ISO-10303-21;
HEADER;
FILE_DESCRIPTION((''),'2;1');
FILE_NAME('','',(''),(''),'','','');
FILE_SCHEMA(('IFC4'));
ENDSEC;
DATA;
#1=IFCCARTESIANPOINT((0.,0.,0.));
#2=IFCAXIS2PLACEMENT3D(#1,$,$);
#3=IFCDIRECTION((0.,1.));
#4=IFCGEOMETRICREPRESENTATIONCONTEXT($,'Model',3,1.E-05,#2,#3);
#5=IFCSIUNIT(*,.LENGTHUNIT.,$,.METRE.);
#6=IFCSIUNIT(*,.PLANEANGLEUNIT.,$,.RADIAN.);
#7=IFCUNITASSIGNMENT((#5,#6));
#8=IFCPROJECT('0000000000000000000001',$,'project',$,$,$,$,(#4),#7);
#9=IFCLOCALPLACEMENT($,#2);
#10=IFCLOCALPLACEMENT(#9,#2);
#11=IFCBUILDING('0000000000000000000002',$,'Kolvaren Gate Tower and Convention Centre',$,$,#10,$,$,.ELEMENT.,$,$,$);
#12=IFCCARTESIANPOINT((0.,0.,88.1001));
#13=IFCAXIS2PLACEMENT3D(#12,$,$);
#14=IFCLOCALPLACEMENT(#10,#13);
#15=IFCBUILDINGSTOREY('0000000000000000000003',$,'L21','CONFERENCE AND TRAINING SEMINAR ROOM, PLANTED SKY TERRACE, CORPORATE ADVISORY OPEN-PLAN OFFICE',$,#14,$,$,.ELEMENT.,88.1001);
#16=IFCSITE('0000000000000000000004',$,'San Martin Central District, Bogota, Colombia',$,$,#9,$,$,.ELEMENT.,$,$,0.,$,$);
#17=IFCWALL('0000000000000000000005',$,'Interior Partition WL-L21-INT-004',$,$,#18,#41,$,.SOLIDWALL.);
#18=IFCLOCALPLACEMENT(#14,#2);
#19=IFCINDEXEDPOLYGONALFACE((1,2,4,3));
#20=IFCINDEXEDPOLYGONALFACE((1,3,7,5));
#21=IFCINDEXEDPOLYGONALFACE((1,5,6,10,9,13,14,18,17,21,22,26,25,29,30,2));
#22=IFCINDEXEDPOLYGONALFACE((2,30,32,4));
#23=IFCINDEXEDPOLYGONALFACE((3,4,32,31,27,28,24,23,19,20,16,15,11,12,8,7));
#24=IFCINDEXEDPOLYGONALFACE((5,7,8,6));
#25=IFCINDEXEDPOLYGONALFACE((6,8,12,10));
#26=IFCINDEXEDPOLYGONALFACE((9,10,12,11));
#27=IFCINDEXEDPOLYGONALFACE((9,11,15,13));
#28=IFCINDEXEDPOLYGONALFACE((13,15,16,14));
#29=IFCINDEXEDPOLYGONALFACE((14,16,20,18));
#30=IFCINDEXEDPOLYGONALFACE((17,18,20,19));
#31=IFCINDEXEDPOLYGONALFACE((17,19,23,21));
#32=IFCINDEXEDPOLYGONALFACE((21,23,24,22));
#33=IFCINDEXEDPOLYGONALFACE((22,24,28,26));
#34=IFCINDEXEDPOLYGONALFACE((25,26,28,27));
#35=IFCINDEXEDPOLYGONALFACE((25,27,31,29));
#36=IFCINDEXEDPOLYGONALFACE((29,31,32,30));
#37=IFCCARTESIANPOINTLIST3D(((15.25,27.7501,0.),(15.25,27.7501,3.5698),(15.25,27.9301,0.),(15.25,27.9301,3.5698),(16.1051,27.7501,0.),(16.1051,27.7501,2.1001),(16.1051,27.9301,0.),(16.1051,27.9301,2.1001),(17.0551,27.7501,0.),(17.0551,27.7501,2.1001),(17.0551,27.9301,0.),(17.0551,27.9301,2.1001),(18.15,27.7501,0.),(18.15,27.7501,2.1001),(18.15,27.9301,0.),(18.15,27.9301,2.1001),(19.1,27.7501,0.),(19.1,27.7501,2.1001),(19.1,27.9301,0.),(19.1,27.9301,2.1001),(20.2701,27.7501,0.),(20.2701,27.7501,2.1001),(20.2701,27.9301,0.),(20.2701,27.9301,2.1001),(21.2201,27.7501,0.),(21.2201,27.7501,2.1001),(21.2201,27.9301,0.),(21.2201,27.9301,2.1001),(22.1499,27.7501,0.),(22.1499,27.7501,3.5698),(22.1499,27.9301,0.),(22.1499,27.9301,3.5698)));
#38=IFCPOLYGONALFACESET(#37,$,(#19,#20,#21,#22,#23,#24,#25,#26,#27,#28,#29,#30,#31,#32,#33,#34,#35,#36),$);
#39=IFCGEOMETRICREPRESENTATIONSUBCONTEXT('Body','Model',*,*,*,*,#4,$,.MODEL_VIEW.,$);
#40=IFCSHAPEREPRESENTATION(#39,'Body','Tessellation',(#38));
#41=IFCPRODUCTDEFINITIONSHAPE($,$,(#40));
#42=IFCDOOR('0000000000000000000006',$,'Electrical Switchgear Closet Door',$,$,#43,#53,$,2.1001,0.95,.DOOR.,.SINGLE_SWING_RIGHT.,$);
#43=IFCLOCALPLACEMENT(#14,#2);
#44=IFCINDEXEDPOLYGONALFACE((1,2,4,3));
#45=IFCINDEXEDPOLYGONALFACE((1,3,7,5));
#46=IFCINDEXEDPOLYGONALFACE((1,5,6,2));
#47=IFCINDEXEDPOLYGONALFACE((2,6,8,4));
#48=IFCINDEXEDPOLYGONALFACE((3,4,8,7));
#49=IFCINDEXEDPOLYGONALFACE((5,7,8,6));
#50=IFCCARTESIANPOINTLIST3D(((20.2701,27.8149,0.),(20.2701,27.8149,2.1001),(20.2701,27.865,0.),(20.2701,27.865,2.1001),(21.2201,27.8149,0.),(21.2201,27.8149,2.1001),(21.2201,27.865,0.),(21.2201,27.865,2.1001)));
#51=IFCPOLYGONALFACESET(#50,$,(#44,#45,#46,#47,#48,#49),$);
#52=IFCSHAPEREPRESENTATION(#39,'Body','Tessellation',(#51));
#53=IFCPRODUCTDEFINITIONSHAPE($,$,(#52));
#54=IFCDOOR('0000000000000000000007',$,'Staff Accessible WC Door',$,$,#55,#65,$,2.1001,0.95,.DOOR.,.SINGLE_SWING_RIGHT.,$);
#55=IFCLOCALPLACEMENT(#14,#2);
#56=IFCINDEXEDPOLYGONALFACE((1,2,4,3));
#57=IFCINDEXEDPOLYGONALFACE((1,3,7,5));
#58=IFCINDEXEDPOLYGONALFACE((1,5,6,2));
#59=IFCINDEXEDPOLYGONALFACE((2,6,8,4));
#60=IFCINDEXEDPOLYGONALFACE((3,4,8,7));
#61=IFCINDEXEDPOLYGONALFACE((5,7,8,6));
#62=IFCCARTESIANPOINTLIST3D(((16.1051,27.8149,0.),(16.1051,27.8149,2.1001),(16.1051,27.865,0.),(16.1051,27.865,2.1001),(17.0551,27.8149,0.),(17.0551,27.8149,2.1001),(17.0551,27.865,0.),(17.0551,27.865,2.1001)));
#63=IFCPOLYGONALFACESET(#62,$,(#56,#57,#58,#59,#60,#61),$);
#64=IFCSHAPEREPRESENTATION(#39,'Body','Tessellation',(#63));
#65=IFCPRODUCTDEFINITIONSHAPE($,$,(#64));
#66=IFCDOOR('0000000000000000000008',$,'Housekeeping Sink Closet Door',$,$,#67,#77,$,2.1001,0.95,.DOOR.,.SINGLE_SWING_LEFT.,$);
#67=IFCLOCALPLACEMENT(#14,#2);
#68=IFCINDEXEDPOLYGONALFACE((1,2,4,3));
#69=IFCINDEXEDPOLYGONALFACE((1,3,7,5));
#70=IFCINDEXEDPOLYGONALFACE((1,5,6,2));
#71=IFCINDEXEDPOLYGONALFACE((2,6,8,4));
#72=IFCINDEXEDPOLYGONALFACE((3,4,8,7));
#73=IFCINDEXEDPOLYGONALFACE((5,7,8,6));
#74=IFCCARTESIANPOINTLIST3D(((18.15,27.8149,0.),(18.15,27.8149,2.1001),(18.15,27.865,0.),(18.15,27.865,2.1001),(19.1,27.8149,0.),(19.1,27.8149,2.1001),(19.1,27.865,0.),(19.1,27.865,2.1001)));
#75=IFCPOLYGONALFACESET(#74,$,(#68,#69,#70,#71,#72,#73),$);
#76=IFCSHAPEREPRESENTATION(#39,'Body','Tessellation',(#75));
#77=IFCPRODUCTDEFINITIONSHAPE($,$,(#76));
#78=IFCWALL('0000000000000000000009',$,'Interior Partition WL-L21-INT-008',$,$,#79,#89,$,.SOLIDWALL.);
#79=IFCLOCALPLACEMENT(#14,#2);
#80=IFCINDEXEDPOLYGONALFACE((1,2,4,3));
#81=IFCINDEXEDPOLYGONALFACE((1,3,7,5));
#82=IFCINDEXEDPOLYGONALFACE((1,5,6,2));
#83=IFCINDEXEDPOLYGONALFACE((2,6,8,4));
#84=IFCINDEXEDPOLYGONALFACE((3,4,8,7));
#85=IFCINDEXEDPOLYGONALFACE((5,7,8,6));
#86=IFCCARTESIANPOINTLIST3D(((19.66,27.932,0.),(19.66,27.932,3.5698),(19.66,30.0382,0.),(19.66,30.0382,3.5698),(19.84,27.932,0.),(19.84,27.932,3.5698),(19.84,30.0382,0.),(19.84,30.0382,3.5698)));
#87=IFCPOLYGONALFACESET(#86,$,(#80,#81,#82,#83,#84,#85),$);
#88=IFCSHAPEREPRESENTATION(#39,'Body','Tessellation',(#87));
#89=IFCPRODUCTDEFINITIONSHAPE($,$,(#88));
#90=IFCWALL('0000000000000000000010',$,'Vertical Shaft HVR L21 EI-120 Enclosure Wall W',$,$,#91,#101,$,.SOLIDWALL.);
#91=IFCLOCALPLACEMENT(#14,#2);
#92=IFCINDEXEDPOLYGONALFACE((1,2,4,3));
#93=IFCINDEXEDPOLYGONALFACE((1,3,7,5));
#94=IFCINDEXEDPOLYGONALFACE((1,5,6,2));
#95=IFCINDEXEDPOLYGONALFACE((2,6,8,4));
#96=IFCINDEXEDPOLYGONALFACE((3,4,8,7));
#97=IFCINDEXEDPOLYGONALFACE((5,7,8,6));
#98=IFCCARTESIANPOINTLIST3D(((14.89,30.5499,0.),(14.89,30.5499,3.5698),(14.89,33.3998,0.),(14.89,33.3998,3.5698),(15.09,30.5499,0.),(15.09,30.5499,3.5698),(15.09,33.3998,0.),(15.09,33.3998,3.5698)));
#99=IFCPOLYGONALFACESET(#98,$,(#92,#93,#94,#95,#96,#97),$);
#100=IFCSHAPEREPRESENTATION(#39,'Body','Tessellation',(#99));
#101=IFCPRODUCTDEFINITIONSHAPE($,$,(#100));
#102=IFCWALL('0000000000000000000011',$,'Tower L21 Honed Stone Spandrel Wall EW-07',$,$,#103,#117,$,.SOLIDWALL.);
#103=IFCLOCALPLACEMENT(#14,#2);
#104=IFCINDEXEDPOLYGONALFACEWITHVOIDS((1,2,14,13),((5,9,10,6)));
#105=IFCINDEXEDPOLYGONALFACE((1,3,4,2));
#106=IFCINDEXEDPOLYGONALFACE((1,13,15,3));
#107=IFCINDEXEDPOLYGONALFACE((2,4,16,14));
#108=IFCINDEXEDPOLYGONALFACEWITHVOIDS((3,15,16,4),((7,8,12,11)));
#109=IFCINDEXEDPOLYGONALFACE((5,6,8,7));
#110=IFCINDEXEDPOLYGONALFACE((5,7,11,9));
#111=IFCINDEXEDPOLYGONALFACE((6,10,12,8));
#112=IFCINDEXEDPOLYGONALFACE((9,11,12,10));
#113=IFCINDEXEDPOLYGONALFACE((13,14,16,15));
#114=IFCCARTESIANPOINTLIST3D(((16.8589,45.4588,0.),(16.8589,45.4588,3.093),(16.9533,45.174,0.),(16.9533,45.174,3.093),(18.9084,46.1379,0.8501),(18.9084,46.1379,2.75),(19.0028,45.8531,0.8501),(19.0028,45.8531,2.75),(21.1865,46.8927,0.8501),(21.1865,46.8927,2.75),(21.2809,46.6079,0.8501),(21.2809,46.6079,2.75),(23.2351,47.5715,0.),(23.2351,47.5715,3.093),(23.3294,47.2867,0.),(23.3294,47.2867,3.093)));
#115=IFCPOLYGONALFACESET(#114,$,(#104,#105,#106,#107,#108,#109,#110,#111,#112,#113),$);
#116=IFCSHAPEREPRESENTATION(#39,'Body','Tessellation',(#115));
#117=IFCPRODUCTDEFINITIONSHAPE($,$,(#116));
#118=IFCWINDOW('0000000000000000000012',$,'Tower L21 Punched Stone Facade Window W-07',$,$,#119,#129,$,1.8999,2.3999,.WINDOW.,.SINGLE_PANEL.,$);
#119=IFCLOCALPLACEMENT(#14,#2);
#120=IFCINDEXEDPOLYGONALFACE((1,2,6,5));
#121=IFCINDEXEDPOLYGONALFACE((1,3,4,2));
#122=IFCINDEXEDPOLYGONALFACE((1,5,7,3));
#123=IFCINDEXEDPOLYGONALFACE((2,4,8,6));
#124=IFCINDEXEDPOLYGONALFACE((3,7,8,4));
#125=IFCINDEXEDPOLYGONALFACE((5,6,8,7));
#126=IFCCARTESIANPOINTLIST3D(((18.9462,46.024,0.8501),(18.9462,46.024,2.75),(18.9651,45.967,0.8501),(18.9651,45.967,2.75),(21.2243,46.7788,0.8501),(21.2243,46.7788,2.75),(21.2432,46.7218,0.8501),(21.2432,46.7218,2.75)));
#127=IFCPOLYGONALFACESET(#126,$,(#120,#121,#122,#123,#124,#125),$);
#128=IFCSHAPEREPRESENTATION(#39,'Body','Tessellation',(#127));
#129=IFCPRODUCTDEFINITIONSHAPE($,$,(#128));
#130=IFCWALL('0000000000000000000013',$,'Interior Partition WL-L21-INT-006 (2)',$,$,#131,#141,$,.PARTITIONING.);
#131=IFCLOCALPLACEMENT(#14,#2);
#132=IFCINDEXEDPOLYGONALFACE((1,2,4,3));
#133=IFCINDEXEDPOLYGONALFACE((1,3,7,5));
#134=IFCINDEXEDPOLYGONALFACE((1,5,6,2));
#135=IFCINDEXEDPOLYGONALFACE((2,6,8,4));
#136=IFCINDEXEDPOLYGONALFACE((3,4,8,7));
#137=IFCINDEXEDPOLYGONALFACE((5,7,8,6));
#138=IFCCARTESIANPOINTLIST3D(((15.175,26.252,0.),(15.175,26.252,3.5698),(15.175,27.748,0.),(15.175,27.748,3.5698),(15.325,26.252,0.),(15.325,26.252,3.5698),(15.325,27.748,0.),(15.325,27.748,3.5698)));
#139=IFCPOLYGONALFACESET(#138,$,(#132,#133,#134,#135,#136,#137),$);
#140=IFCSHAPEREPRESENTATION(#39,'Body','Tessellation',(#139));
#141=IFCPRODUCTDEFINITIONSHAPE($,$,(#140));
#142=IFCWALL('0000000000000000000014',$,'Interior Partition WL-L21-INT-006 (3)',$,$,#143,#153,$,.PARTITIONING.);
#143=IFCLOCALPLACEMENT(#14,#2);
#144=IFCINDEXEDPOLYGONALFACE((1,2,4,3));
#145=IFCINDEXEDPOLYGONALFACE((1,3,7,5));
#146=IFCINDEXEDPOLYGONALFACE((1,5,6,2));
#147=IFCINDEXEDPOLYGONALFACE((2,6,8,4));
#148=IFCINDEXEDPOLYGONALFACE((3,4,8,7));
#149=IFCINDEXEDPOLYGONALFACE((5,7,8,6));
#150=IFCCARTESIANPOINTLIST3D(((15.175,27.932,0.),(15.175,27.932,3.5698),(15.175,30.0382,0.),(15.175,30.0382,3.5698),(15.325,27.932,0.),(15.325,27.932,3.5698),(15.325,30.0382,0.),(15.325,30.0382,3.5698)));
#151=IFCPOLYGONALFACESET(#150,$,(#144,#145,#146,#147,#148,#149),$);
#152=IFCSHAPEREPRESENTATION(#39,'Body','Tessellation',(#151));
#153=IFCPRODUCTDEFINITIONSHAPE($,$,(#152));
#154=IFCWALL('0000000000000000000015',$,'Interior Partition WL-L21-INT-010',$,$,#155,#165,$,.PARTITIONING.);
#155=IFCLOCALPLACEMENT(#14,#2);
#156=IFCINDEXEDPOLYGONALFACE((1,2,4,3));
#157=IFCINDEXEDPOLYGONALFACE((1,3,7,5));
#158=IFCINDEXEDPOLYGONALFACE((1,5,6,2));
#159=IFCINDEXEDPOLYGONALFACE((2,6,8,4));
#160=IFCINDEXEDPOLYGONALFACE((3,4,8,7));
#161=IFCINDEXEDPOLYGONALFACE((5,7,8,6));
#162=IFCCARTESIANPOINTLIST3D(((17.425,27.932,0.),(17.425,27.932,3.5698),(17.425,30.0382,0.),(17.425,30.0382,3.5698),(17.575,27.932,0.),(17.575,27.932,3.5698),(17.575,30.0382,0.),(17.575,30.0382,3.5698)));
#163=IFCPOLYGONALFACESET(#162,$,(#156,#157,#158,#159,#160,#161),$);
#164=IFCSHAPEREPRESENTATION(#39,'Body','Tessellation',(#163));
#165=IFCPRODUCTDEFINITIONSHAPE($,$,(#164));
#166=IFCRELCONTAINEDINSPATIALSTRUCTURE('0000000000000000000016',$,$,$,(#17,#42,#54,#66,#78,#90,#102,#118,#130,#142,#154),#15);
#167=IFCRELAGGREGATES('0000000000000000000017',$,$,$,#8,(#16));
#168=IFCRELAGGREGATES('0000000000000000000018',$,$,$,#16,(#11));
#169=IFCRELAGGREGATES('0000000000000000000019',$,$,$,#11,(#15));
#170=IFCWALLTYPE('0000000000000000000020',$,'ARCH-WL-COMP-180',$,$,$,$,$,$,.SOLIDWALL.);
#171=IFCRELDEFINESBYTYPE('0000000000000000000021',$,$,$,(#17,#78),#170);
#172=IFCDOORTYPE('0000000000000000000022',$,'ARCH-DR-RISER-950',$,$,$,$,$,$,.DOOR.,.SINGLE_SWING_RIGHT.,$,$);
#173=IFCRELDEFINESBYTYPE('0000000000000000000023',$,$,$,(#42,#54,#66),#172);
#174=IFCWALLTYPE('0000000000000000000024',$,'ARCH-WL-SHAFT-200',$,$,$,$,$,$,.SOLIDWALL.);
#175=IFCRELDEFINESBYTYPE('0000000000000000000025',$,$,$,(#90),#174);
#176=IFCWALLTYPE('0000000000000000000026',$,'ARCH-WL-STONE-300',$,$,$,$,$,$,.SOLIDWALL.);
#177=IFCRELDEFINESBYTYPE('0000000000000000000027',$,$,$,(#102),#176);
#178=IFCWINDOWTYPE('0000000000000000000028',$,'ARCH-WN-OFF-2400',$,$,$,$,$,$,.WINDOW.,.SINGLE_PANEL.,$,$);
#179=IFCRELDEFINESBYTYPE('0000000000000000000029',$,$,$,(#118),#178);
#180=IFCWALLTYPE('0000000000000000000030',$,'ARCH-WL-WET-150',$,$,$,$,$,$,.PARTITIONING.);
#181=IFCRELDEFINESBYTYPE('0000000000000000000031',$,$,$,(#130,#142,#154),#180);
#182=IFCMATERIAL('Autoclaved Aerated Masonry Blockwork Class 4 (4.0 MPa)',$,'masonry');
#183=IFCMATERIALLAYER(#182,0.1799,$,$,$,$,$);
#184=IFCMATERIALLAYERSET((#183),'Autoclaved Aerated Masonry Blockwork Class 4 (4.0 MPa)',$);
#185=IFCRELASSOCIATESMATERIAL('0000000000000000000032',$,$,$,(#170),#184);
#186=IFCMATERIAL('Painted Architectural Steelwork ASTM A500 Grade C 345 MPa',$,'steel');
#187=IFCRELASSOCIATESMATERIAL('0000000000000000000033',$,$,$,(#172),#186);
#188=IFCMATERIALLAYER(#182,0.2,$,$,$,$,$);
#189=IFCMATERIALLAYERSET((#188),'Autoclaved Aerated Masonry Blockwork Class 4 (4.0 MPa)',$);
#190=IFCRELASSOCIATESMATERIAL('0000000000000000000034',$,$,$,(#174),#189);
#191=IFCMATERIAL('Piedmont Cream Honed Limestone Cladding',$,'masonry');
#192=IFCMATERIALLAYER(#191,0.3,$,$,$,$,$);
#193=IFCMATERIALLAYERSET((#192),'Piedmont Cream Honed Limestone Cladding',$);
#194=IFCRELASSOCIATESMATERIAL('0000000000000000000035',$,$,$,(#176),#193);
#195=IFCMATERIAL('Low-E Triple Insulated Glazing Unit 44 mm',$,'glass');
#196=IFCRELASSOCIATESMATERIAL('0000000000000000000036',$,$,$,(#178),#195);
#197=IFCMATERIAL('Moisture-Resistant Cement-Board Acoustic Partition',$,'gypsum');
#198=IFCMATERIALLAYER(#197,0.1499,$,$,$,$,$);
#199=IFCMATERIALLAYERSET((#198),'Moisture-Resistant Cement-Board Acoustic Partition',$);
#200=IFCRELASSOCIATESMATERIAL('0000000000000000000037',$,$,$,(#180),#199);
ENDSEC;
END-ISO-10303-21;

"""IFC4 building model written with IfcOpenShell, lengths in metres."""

from ifc_helpers import new_model, si_unit, direction, frame, frame_2d, origin, place, context, subcontext, project, spatial, rectangle, extrude, material, layer, layer_set, type_object, element, fill, save


model = new_model("IFC4")

# Units and contexts
model_context = context("Model", 3, precision=1e-05, world=origin(), true_north=direction((0.0, 1.0)))
body_context = subcontext(model_context, "Body", "Model", "MODEL_VIEW")
ifc_project = project(units=[si_unit("LENGTHUNIT", "METRE"), si_unit("PLANEANGLEUNIT", "RADIAN")], contexts=[model_context])

# Site, building, storey
site_placement = place(None, origin())
site = spatial("IfcSite", under=ifc_project, at=site_placement, Name="San Martin Central District, Bogota, Colombia", CompositionType="ELEMENT", RefElevation=0.0)
building_placement = place(site_placement, origin())
building = spatial("IfcBuilding", under=site, at=building_placement, Name="Kolvaren Gate Tower and Convention Centre", CompositionType="ELEMENT")
storey_placement = place(building_placement, frame((0.0, 0.0, 88.1001)))
storey = spatial("IfcBuildingStorey", under=building, at=storey_placement, Name="L21", Description="CONFERENCE AND TRAINING SEMINAR ROOM, PLANTED SKY TERRACE, CORPORATE ADVISORY OPEN-PLAN OFFICE", CompositionType="ELEMENT", Elevation=88.1001)

# Wall, openings, doors
ifc_material_1 = material(Name="Autoclaved Aerated Masonry Blockwork Class 4 (4.0 MPa)", Category="masonry")
ifc_layer_1 = layer(ifc_material_1, 0.1799)
ifc_layer_set_1 = layer_set([ifc_layer_1], Name="Autoclaved Aerated Masonry Blockwork Class 4 (4.0 MPa)")
wall_type_1 = type_object("IfcWallType", Name="ARCH-WL-COMP-180", PredefinedType="SOLIDWALL", material=ifc_layer_set_1)
wall_1_placement = place(storey_placement, frame((15.25, 27.8401, 0.0), z_axis=(0.0, 0.0, 1.0), x_axis=(1.0, 0.0, 0.0)))
wall_1 = element("IfcWall", 1, at=wall_1_placement, inside=storey, type_object=wall_type_1, Name="Interior Partition WL-L21-INT-004", PredefinedType="SOLIDWALL", context=body_context, shape_type="SweptSolid", body=[
    extrude(rectangle(XDim=6.8999, YDim=0.1799, at=frame_2d((3.45, 0.0))), origin(), (0.0, 0.0, 1.0), 3.5698),
])
opening_1_placement = place(wall_1_placement, frame((5.02, 0.0, 0.0)))
opening_1 = element("IfcOpeningElement", 2, at=opening_1_placement, cuts=wall_1, PredefinedType="OPENING", context=body_context, shape_type="SweptSolid", body=[
    extrude(rectangle(XDim=0.95, YDim=2.1001, at=frame_2d((0.4751, 1.05))), frame((0.0, 0.0999, 0.0), z_axis=(0.0, -1.0, 0.0), x_axis=(1.0, 0.0, 0.0)), (0.0, 0.0, 1.0), 0.2),
])
opening_2_placement = place(wall_1_placement, frame((0.855, 0.0, 0.0)))
opening_2 = element("IfcOpeningElement", 3, at=opening_2_placement, cuts=wall_1, PredefinedType="OPENING", context=body_context, shape_type="SweptSolid", body=[
    extrude(rectangle(XDim=0.95, YDim=2.1001, at=frame_2d((0.4751, 1.05))), frame((0.0, 0.0999, 0.0), z_axis=(0.0, -1.0, 0.0), x_axis=(1.0, 0.0, 0.0)), (0.0, 0.0, 1.0), 0.2),
])
opening_3_placement = place(wall_1_placement, frame((2.8999, 0.0, 0.0)))
opening_3 = element("IfcOpeningElement", 4, at=opening_3_placement, cuts=wall_1, PredefinedType="OPENING", context=body_context, shape_type="SweptSolid", body=[
    extrude(rectangle(XDim=0.95, YDim=2.1001, at=frame_2d((0.4751, 1.05))), frame((0.0, 0.0999, 0.0), z_axis=(0.0, -1.0, 0.0), x_axis=(1.0, 0.0, 0.0)), (0.0, 0.0, 1.0), 0.2),
])
ifc_material_2 = material(Name="Painted Architectural Steelwork ASTM A500 Grade C 345 MPa", Category="steel")
door_type = type_object("IfcDoorType", Name="ARCH-DR-RISER-950", OperationType="SINGLE_SWING_RIGHT", PredefinedType="DOOR", material=ifc_material_2)
door_1_placement = place(opening_1_placement, origin())
door_1 = element("IfcDoor", 5, at=door_1_placement, inside=storey, type_object=door_type, Name="Electrical Switchgear Closet Door", OperationType="SINGLE_SWING_RIGHT", OverallHeight=2.1001, OverallWidth=0.95, PredefinedType="DOOR", context=body_context, shape_type="SweptSolid", body=[
    extrude(rectangle(XDim=0.95, YDim=2.1001, at=frame_2d((0.4751, 1.05))), frame((0.0, 0.0249, 0.0), z_axis=(0.0, -1.0, 0.0), x_axis=(1.0, 0.0, 0.0)), (0.0, 0.0, 1.0), 0.05),
])
fill(opening_1, door_1)
door_2_placement = place(opening_2_placement, origin())
door_2 = element("IfcDoor", 6, at=door_2_placement, inside=storey, type_object=door_type, Name="Staff Accessible WC Door", OperationType="SINGLE_SWING_RIGHT", OverallHeight=2.1001, OverallWidth=0.95, PredefinedType="DOOR", context=body_context, shape_type="SweptSolid", body=[
    extrude(rectangle(XDim=0.95, YDim=2.1001, at=frame_2d((0.4751, 1.05))), frame((0.0, 0.0249, 0.0), z_axis=(0.0, -1.0, 0.0), x_axis=(1.0, 0.0, 0.0)), (0.0, 0.0, 1.0), 0.05),
])
fill(opening_2, door_2)
door_3_placement = place(opening_3_placement, origin())
door_3 = element("IfcDoor", 7, at=door_3_placement, inside=storey, type_object=door_type, Name="Housekeeping Sink Closet Door", OperationType="SINGLE_SWING_LEFT", OverallHeight=2.1001, OverallWidth=0.95, PredefinedType="DOOR", context=body_context, shape_type="SweptSolid", body=[
    extrude(rectangle(XDim=0.95, YDim=2.1001, at=frame_2d((0.4751, 1.05))), frame((0.0, 0.0249, 0.0), z_axis=(0.0, -1.0, 0.0), x_axis=(1.0, 0.0, 0.0)), (0.0, 0.0, 1.0), 0.05),
])
fill(opening_3, door_3)

# Walls
wall_2_placement = place(storey_placement, frame((19.75, 27.9319, 0.0), z_axis=(0.0, 0.0, 1.0), x_axis=(0.0, 1.0, 0.0)))
element("IfcWall", 8, at=wall_2_placement, inside=storey, type_object=wall_type_1, Name="Interior Partition WL-L21-INT-008", PredefinedType="SOLIDWALL", context=body_context, shape_type="SweptSolid", body=[
    extrude(rectangle(XDim=2.1062, YDim=0.1799, at=frame_2d((1.0532, 0.0))), origin(), (0.0, 0.0, 1.0), 3.5698),
])
ifc_layer_2 = layer(ifc_material_1, 0.2)
ifc_layer_set_2 = layer_set([ifc_layer_2], Name="Autoclaved Aerated Masonry Blockwork Class 4 (4.0 MPa)")
wall_type_2 = type_object("IfcWallType", Name="ARCH-WL-SHAFT-200", PredefinedType="SOLIDWALL", material=ifc_layer_set_2)
wall_3_placement = place(storey_placement, frame((14.99, 30.55, 0.0), z_axis=(0.0, 0.0, 1.0), x_axis=(0.0, 1.0, 0.0)))
element("IfcWall", 9, at=wall_3_placement, inside=storey, type_object=wall_type_2, Name="Vertical Shaft HVR L21 EI-120 Enclosure Wall W", PredefinedType="SOLIDWALL", context=body_context, shape_type="SweptSolid", body=[
    extrude(rectangle(XDim=2.8499, YDim=0.2, at=frame_2d((1.4248, 0.0))), origin(), (0.0, 0.0, 1.0), 3.5698),
])

# Wall, opening, window
ifc_material_3 = material(Name="Piedmont Cream Honed Limestone Cladding", Category="masonry")
ifc_layer_3 = layer(ifc_material_3, 0.3)
ifc_layer_set_3 = layer_set([ifc_layer_3], Name="Piedmont Cream Honed Limestone Cladding")
wall_type_3 = type_object("IfcWallType", Name="ARCH-WL-STONE-300", PredefinedType="SOLIDWALL", material=ifc_layer_set_3)
wall_4_placement = place(storey_placement, frame((16.9062, 45.3164, 0.0), z_axis=(0.0, 0.0, 1.0), x_axis=(0.949245, 0.314537, 0.0)))
wall_4 = element("IfcWall", 10, at=wall_4_placement, inside=storey, type_object=wall_type_3, Name="Tower L21 Honed Stone Spandrel Wall EW-07", PredefinedType="SOLIDWALL", context=body_context, shape_type="SweptSolid", body=[
    extrude(rectangle(XDim=6.717, YDim=0.3, at=frame_2d((3.3584, 0.0))), origin(), (0.0, 0.0, 1.0), 3.093),
])
opening_4_placement = place(wall_4_placement, frame((2.1589, 0.0, 0.8501)))
opening_4 = element("IfcOpeningElement", 11, at=opening_4_placement, cuts=wall_4, PredefinedType="OPENING", context=body_context, shape_type="SweptSolid", body=[
    extrude(rectangle(XDim=2.3999, YDim=1.8999, at=frame_2d((1.2, 0.95))), frame((0.0, 0.1599, 0.0), z_axis=(0.0, -1.0, 0.0), x_axis=(1.0, 0.0, 0.0)), (0.0, 0.0, 1.0), 0.3201),
])
ifc_material_4 = material(Name="Low-E Triple Insulated Glazing Unit 44 mm", Category="glass")
window_type = type_object("IfcWindowType", Name="ARCH-WN-OFF-2400", PartitioningType="SINGLE_PANEL", PredefinedType="WINDOW", material=ifc_material_4)
window_placement = place(opening_4_placement, origin())
window = element("IfcWindow", 12, at=window_placement, inside=storey, type_object=window_type, Name="Tower L21 Punched Stone Facade Window W-07", OverallHeight=1.8999, OverallWidth=2.3999, PartitioningType="SINGLE_PANEL", PredefinedType="WINDOW", context=body_context, shape_type="SweptSolid", body=[
    extrude(rectangle(XDim=2.3999, YDim=1.8999, at=frame_2d((1.2, 0.95))), frame((0.0, 0.03, 0.0), z_axis=(0.0, -1.0, 0.0), x_axis=(1.0, 0.0, 0.0)), (0.0, 0.0, 1.0), 0.0601),
])
fill(opening_4, window)

# Walls
ifc_material_5 = material(Name="Moisture-Resistant Cement-Board Acoustic Partition", Category="gypsum")
ifc_layer_4 = layer(ifc_material_5, 0.1499)
ifc_layer_set_4 = layer_set([ifc_layer_4], Name="Moisture-Resistant Cement-Board Acoustic Partition")
wall_type_4 = type_object("IfcWallType", Name="ARCH-WL-WET-150", PredefinedType="PARTITIONING", material=ifc_layer_set_4)
wall_5_placement = place(storey_placement, frame((15.25, 26.252, 0.0), z_axis=(0.0, 0.0, 1.0), x_axis=(0.0, 1.0, 0.0)))
element("IfcWall", 13, at=wall_5_placement, inside=storey, type_object=wall_type_4, Name="Interior Partition WL-L21-INT-006 (2)", PredefinedType="PARTITIONING", context=body_context, shape_type="SweptSolid", body=[
    extrude(rectangle(XDim=1.4961, YDim=0.1499, at=frame_2d((0.748, 0.0))), origin(), (0.0, 0.0, 1.0), 3.5698),
])
for number, where, z_axis, x_axis, name in (
    (14, (15.25, 27.9319, 0.0), (0.0, 0.0, 1.0), (0.0, 1.0, 0.0), "Interior Partition WL-L21-INT-006 (3)"),
    (15, (17.5, 27.9319, 0.0), (0.0, 0.0, 1.0), (0.0, 1.0, 0.0), "Interior Partition WL-L21-INT-010"),
):
    element("IfcWall", number, at=place(storey_placement, frame(where, z_axis=z_axis, x_axis=x_axis)), inside=storey, type_object=wall_type_4, Name=name, PredefinedType="PARTITIONING", context=body_context, shape_type="SweptSolid", body=[
        extrude(rectangle(XDim=2.1062, YDim=0.1499, at=frame_2d((1.0532, 0.0))), origin(), (0.0, 0.0, 1.0), 3.5698),
    ])

save(model, "model.ifc")
